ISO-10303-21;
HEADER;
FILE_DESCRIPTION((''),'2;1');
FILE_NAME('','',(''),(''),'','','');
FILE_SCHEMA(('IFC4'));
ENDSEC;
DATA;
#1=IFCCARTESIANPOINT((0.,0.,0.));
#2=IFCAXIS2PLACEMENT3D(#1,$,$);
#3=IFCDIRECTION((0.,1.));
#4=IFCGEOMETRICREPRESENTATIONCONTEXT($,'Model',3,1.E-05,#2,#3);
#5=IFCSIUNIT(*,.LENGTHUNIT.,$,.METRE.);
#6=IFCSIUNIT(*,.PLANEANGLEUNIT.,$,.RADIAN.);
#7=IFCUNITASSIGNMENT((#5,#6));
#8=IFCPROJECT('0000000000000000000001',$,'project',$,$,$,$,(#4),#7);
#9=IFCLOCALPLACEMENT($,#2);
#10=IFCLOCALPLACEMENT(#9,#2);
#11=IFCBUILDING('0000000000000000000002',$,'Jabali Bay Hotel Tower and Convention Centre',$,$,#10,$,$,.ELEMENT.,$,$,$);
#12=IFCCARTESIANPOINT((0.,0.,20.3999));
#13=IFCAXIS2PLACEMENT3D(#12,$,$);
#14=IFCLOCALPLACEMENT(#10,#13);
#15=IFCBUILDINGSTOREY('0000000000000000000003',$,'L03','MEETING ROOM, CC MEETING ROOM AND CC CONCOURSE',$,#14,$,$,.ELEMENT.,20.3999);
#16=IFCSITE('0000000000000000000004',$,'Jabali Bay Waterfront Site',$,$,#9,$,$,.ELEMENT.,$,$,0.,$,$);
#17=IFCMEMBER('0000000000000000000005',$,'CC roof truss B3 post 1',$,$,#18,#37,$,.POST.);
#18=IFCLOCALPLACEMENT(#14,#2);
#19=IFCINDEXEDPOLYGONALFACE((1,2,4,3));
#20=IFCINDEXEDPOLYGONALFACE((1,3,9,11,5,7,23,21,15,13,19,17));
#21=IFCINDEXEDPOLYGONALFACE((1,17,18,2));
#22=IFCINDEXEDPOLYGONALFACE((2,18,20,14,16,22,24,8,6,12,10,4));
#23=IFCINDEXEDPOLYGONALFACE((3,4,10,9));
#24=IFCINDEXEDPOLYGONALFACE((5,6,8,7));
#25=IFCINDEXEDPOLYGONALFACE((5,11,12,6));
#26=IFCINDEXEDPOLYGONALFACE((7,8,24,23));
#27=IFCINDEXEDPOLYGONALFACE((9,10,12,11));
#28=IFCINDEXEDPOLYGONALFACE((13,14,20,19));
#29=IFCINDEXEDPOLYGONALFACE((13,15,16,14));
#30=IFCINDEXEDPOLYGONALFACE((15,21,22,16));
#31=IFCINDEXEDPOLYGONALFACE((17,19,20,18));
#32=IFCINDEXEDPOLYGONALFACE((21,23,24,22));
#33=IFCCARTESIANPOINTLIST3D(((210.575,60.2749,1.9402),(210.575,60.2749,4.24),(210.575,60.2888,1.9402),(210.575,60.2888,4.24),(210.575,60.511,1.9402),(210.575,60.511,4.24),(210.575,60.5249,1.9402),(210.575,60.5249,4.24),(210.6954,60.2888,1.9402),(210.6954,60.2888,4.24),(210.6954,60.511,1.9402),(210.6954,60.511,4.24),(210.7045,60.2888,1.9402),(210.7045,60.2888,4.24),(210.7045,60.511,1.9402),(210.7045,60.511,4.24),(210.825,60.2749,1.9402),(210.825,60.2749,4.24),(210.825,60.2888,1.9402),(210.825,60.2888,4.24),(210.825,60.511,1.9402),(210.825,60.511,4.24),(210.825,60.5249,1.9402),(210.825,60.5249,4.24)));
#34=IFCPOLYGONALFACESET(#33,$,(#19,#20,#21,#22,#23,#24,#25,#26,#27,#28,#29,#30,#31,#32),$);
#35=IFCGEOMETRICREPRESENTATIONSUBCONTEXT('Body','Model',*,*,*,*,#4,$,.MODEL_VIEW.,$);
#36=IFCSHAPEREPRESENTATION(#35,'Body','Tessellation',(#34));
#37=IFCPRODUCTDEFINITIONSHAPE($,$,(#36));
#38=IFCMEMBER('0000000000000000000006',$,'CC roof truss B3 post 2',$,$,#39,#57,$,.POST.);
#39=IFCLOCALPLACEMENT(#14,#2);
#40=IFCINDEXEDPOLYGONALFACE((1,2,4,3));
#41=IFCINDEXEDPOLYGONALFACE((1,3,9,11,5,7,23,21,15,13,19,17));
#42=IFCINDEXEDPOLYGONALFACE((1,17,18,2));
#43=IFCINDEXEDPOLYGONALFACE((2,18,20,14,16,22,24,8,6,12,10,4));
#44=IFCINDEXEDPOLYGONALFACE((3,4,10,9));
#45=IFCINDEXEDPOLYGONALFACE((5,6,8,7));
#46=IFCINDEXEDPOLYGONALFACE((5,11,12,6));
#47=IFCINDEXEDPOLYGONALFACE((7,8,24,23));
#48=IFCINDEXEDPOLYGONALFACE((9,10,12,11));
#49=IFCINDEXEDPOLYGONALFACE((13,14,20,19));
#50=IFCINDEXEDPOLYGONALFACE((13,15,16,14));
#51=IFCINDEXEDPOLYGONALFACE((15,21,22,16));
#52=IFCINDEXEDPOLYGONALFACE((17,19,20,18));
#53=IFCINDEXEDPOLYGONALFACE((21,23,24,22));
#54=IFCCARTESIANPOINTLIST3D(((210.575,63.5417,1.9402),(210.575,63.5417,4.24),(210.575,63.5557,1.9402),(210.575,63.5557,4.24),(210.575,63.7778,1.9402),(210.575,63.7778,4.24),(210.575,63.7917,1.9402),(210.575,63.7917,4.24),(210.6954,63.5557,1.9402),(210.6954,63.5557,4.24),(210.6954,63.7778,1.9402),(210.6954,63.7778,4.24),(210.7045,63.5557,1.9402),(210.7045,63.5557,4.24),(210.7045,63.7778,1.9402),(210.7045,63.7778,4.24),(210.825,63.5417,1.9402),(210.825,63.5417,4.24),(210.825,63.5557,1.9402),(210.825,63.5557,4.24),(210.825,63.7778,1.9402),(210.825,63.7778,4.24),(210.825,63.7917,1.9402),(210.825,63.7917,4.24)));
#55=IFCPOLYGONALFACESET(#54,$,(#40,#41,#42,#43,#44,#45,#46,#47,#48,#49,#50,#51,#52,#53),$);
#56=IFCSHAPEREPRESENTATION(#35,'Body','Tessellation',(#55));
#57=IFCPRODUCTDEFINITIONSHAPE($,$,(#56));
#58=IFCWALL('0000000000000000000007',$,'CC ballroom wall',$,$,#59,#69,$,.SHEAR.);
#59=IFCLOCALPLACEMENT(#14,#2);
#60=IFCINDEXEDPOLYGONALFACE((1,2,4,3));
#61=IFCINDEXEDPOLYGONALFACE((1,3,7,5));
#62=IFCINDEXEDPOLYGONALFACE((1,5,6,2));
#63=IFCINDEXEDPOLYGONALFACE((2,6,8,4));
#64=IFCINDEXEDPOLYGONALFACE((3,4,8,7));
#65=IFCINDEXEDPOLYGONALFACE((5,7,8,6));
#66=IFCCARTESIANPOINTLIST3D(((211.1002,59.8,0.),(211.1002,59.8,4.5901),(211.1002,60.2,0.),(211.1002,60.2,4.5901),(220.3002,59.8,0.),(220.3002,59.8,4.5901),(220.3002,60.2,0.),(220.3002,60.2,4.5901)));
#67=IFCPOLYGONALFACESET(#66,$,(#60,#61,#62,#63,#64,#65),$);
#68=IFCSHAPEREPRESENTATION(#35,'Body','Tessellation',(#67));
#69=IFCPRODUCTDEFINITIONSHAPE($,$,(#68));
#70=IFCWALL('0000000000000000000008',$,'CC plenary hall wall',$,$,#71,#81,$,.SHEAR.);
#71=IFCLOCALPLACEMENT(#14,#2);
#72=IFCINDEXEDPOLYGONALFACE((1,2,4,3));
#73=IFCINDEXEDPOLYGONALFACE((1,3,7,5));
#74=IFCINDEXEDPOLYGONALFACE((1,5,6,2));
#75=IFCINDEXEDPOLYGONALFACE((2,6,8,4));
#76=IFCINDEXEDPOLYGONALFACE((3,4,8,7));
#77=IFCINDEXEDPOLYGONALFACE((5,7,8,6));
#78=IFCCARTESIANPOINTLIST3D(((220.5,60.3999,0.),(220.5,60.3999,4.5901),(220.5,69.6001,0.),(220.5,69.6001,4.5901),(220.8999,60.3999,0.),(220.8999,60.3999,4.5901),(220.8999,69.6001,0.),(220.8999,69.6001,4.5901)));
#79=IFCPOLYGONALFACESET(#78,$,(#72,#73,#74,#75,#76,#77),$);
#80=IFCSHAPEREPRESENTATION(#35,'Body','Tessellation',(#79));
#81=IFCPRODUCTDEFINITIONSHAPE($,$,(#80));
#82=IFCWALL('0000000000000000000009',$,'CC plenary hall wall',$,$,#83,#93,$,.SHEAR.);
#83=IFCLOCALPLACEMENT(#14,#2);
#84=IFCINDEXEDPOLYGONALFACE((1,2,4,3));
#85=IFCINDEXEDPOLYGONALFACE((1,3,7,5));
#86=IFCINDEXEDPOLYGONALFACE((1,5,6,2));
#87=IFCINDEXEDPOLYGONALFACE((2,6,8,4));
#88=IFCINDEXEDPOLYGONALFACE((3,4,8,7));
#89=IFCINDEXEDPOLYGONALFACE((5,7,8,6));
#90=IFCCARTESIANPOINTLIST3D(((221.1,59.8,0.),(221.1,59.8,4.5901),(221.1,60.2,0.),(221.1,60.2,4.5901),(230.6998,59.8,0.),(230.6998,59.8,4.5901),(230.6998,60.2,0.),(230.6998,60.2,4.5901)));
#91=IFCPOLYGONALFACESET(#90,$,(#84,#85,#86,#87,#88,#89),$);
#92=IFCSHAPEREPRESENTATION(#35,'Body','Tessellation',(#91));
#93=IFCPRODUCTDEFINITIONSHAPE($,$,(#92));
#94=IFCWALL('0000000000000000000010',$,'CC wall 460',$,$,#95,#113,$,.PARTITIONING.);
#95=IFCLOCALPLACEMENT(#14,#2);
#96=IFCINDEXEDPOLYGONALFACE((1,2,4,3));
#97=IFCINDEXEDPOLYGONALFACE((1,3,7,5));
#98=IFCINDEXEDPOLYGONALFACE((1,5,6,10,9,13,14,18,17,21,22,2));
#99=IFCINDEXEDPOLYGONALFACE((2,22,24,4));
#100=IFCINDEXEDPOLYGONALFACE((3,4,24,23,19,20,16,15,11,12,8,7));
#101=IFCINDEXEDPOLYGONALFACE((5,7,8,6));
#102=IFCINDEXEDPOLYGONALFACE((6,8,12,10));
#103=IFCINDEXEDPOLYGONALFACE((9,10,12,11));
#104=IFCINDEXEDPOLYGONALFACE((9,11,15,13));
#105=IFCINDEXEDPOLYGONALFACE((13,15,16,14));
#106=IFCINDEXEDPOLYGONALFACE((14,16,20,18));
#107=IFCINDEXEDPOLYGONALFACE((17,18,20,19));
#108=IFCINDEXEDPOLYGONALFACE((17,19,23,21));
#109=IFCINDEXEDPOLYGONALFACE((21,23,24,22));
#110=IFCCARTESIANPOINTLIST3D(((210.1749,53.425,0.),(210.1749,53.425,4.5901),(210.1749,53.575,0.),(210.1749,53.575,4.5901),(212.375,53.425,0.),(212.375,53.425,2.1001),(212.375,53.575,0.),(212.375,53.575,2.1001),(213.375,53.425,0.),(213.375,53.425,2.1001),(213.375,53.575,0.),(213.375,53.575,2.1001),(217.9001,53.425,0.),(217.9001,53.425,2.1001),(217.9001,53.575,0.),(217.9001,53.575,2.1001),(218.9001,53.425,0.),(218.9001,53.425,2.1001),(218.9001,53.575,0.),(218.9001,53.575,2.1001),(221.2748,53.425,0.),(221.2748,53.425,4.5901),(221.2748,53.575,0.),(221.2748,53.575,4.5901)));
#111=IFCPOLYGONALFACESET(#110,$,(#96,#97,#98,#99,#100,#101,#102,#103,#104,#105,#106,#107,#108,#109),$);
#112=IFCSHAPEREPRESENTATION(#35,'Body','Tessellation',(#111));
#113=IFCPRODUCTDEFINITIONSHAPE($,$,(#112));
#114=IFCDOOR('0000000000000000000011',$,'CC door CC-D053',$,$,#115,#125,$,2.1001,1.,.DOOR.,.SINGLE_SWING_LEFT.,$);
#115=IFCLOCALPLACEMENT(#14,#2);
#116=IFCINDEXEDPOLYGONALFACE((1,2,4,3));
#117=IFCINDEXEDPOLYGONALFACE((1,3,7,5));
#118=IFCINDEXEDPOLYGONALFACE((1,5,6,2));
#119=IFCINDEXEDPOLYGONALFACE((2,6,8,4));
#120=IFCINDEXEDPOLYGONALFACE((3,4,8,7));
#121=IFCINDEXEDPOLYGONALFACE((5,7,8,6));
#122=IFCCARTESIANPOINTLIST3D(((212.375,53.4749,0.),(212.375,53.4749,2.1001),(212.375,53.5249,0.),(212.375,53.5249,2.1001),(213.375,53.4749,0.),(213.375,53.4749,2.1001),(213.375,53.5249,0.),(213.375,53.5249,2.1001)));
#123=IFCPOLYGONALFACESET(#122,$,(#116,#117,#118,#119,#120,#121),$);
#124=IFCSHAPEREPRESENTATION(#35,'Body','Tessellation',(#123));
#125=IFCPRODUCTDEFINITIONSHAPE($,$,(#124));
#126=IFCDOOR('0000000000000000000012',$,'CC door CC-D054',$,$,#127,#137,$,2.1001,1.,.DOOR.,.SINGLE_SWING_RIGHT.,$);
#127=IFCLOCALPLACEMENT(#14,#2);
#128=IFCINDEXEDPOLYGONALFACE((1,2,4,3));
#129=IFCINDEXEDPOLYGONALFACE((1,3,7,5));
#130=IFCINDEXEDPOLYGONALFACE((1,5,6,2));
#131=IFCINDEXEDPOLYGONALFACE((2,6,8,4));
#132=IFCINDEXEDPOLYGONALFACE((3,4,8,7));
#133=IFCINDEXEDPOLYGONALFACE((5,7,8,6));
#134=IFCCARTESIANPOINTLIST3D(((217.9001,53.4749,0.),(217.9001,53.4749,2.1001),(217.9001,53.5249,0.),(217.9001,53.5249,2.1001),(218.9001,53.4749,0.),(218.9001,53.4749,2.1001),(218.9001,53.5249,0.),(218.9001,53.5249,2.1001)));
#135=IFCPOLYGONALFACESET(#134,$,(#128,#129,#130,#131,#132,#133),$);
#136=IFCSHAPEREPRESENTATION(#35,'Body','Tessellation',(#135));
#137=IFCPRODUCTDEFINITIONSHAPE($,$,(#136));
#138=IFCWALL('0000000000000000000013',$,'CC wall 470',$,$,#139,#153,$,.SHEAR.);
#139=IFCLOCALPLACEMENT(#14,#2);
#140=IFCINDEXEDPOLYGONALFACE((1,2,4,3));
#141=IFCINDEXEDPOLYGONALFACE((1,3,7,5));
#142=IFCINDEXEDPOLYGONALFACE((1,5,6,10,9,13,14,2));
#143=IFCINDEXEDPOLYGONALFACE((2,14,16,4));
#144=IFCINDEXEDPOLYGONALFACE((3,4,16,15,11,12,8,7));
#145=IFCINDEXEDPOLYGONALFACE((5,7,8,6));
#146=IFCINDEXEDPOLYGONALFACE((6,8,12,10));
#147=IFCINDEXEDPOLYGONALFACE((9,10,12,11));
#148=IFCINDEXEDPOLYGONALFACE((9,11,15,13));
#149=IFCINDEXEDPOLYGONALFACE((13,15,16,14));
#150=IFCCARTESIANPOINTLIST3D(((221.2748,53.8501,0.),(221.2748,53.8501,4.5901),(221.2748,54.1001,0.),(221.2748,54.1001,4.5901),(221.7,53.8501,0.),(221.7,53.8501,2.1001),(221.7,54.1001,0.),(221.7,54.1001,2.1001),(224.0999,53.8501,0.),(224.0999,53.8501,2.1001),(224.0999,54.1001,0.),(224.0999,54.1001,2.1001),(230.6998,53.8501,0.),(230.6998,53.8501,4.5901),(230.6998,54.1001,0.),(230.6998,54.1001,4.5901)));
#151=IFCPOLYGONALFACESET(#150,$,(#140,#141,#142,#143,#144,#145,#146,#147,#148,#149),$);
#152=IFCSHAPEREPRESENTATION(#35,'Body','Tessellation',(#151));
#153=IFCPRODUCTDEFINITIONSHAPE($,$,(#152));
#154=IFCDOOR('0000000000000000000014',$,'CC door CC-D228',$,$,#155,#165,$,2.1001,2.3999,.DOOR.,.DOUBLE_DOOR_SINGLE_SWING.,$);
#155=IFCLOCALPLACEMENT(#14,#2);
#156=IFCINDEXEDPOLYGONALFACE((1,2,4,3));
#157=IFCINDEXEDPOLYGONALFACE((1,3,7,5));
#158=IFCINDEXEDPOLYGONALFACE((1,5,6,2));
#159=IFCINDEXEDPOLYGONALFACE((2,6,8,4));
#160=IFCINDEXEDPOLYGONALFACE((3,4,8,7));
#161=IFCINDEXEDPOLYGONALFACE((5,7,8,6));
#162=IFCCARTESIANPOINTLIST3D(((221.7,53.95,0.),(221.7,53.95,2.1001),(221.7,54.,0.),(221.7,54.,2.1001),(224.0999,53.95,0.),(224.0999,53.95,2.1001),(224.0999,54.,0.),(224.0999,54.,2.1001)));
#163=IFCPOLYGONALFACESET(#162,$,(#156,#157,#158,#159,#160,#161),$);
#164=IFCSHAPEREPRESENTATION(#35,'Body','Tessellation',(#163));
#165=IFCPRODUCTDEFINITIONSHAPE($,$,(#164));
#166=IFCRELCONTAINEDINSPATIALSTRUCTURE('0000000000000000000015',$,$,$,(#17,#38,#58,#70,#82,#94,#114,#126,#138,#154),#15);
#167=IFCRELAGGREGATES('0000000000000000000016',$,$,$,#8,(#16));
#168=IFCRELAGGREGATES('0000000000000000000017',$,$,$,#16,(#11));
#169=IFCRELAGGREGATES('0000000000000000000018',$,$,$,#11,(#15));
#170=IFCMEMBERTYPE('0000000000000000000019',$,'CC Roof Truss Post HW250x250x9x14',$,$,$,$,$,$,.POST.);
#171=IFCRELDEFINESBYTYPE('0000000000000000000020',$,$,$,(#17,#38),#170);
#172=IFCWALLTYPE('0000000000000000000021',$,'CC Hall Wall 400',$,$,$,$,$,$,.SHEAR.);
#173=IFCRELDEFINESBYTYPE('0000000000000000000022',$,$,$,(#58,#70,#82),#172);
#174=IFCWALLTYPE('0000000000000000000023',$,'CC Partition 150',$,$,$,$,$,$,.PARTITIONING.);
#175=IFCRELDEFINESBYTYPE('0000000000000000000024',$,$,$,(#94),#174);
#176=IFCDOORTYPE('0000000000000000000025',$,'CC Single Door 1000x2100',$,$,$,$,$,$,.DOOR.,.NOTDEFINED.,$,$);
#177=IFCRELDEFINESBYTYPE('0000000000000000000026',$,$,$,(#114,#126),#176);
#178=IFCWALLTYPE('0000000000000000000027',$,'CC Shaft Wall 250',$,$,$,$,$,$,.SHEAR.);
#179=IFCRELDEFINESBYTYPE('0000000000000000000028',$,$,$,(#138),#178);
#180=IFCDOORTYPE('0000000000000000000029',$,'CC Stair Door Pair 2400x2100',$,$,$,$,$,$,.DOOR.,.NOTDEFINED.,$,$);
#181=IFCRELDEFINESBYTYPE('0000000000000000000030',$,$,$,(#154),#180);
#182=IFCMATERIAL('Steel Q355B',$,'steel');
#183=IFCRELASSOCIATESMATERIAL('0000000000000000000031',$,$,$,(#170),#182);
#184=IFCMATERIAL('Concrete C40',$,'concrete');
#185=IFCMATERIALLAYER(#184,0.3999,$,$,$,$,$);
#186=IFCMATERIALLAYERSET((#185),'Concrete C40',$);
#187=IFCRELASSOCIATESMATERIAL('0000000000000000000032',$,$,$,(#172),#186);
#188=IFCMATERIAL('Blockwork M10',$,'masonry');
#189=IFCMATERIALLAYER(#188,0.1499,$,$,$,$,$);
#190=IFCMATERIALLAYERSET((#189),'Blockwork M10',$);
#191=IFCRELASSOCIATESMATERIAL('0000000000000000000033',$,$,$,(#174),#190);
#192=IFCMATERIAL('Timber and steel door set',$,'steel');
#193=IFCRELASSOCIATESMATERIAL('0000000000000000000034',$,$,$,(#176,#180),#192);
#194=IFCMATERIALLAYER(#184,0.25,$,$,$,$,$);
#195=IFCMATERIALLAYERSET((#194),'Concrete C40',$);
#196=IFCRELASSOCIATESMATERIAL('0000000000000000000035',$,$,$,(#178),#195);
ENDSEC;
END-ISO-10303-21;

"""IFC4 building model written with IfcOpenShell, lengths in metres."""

from ifc_helpers import new_model, si_unit, direction, frame, frame_2d, origin, origin_2d, place, context, subcontext, project, spatial, rectangle, i_section, extrude, material, layer, layer_set, material_profile, profile_set, type_object, element, fill, save


model = new_model("IFC4")

# Units and contexts
model_context = context("Model", 3, precision=1e-05, world=origin(), true_north=direction((0.0, 1.0)))
body_context = subcontext(model_context, "Body", "Model", "MODEL_VIEW")
ifc_project = project(units=[si_unit("LENGTHUNIT", "METRE"), si_unit("PLANEANGLEUNIT", "RADIAN")], contexts=[model_context])

# Site, building, storey
site_placement = place(None, origin())
site = spatial("IfcSite", under=ifc_project, at=site_placement, Name="Jabali Bay Waterfront Site", CompositionType="ELEMENT", RefElevation=0.0)
building_placement = place(site_placement, origin())
building = spatial("IfcBuilding", under=site, at=building_placement, Name="Jabali Bay Hotel Tower and Convention Centre", CompositionType="ELEMENT")
storey_placement = place(building_placement, frame((0.0, 0.0, 20.3999)))
storey = spatial("IfcBuildingStorey", under=building, at=storey_placement, Name="L03", Description="MEETING ROOM, CC MEETING ROOM AND CC CONCOURSE", CompositionType="ELEMENT", Elevation=20.3999)

# Members
ifc_material_1 = material(Name="Steel Q355B", Category="steel")
ifc_material_profile_1 = material_profile(ifc_material_1, i_section(OverallWidth=0.25, OverallDepth=0.25, WebThickness=0.009, FlangeThickness=0.0139, at=origin_2d()), Name="HW250x250x9x14")
ifc_profile_set_1 = profile_set([ifc_material_profile_1], Name="Steel Q355B")
member_type_1 = type_object("IfcMemberType", Name="CC Roof Truss Post HW250x250x9x14", PredefinedType="POST", material=ifc_profile_set_1)
for number, where, z_axis, x_axis, name in (
    (1, (210.7, 60.3999, 1.9402), (0.0, 0.0, 1.0), (1.0, 0.0, 0.0), "CC roof truss B3 post 1"),
    (2, (210.7, 63.6667, 1.9402), (0.0, 0.0, 1.0), (1.0, 0.0, 0.0), "CC roof truss B3 post 2"),
):
    element("IfcMember", number, at=place(storey_placement, frame(where, z_axis=z_axis, x_axis=x_axis)), inside=storey, type_object=member_type_1, Name=name, PredefinedType="POST", context=body_context, shape_type="SweptSolid", body=[
        extrude(i_section(OverallWidth=0.25, OverallDepth=0.25, WebThickness=0.009, FlangeThickness=0.0139, at=origin_2d()), origin(), (0.0, 0.0, 1.0), 2.2998),
    ])

# Walls
ifc_material_2 = material(Name="Concrete C40", Category="concrete")
ifc_layer_1 = layer(ifc_material_2, 0.3999)
ifc_layer_set_1 = layer_set([ifc_layer_1], Name="Concrete C40")
wall_type_1 = type_object("IfcWallType", Name="CC Hall Wall 400", PredefinedType="SHEAR", material=ifc_layer_set_1)
wall_1_placement = place(storey_placement, frame((211.1001, 60.0, 0.0), z_axis=(0.0, 0.0, 1.0), x_axis=(1.0, 0.0, 0.0)))
element("IfcWall", 3, at=wall_1_placement, inside=storey, type_object=wall_type_1, Name="CC ballroom wall", PredefinedType="SHEAR", context=body_context, shape_type="SweptSolid", body=[
    extrude(rectangle(XDim=9.2, YDim=0.3999, at=frame_2d((4.6001, 0.0))), origin(), (0.0, 0.0, 1.0), 4.5901),
])
wall_2_placement = place(storey_placement, frame((220.7, 60.3999, 0.0), z_axis=(0.0, 0.0, 1.0), x_axis=(0.0, 1.0, 0.0)))
element("IfcWall", 4, at=wall_2_placement, inside=storey, type_object=wall_type_1, Name="CC plenary hall wall", PredefinedType="SHEAR", context=body_context, shape_type="SweptSolid", body=[
    extrude(rectangle(XDim=9.2002, YDim=0.3999, at=frame_2d((4.6001, 0.0))), origin(), (0.0, 0.0, 1.0), 4.5901),
])
wall_3_placement = place(storey_placement, frame((221.1001, 60.0, 0.0), z_axis=(0.0, 0.0, 1.0), x_axis=(1.0, 0.0, 0.0)))
element("IfcWall", 5, at=wall_3_placement, inside=storey, type_object=wall_type_1, Name="CC plenary hall wall", PredefinedType="SHEAR", context=body_context, shape_type="SweptSolid", body=[
    extrude(rectangle(XDim=9.5999, YDim=0.3999, at=frame_2d((4.7998, 0.0))), origin(), (0.0, 0.0, 1.0), 4.5901),
])

# Wall, openings, doors
ifc_material_3 = material(Name="Blockwork M10", Category="masonry")
ifc_layer_2 = layer(ifc_material_3, 0.1499)
ifc_layer_set_2 = layer_set([ifc_layer_2], Name="Blockwork M10")
wall_type_2 = type_object("IfcWallType", Name="CC Partition 150", PredefinedType="PARTITIONING", material=ifc_layer_set_2)
wall_4_placement = place(storey_placement, frame((210.175, 53.5, 0.0), z_axis=(0.0, 0.0, 1.0), x_axis=(1.0, 0.0, 0.0)))
wall_4 = element("IfcWall", 6, at=wall_4_placement, inside=storey, type_object=wall_type_2, Name="CC wall 460", PredefinedType="PARTITIONING", context=body_context, shape_type="SweptSolid", body=[
    extrude(rectangle(XDim=11.0999, YDim=0.1499, at=frame_2d((5.5498, 0.0))), origin(), (0.0, 0.0, 1.0), 4.5901),
])
opening_1_placement = place(wall_4_placement, frame((2.2, 0.0, 0.0)))
opening_1 = element("IfcOpeningElement", 7, at=opening_1_placement, cuts=wall_4, PredefinedType="OPENING", context=body_context, shape_type="SweptSolid", body=[
    extrude(rectangle(XDim=1.0, YDim=2.1001, at=frame_2d((0.5, 1.05))), frame((0.0, 0.0854, 0.0), z_axis=(0.0, -1.0, 0.0), x_axis=(1.0, 0.0, 0.0)), (0.0, 0.0, 1.0), 0.1709),
])
opening_2_placement = place(wall_4_placement, frame((7.7251, 0.0, 0.0)))
opening_2 = element("IfcOpeningElement", 8, at=opening_2_placement, cuts=wall_4, PredefinedType="OPENING", context=body_context, shape_type="SweptSolid", body=[
    extrude(rectangle(XDim=1.0, YDim=2.1001, at=frame_2d((0.5, 1.05))), frame((0.0, 0.0854, 0.0), z_axis=(0.0, -1.0, 0.0), x_axis=(1.0, 0.0, 0.0)), (0.0, 0.0, 1.0), 0.1709),
])
ifc_material_4 = material(Name="Timber and steel door set", Category="steel")
door_type_1 = type_object("IfcDoorType", Name="CC Single Door 1000x2100", OperationType="NOTDEFINED", PredefinedType="DOOR", material=ifc_material_4)
door_1_placement = place(opening_1_placement, origin())
door_1 = element("IfcDoor", 9, at=door_1_placement, inside=storey, type_object=door_type_1, Name="CC door CC-D053", OperationType="SINGLE_SWING_LEFT", OverallHeight=2.1001, OverallWidth=1.0, PredefinedType="DOOR", context=body_context, shape_type="SweptSolid", body=[
    extrude(rectangle(XDim=1.0, YDim=2.1001, at=frame_2d((0.5, 1.05))), frame((0.0, 0.0249, 0.0), z_axis=(0.0, -1.0, 0.0), x_axis=(1.0, 0.0, 0.0)), (0.0, 0.0, 1.0), 0.05),
])
fill(opening_1, door_1)
door_2_placement = place(opening_2_placement, origin())
door_2 = element("IfcDoor", 10, at=door_2_placement, inside=storey, type_object=door_type_1, Name="CC door CC-D054", OperationType="SINGLE_SWING_RIGHT", OverallHeight=2.1001, OverallWidth=1.0, PredefinedType="DOOR", context=body_context, shape_type="SweptSolid", body=[
    extrude(rectangle(XDim=1.0, YDim=2.1001, at=frame_2d((0.5, 1.05))), frame((0.0, 0.0249, 0.0), z_axis=(0.0, -1.0, 0.0), x_axis=(1.0, 0.0, 0.0)), (0.0, 0.0, 1.0), 0.05),
])
fill(opening_2, door_2)

# Wall, opening, door
ifc_layer_3 = layer(ifc_material_2, 0.25)
ifc_layer_set_3 = layer_set([ifc_layer_3], Name="Concrete C40")
wall_type_3 = type_object("IfcWallType", Name="CC Shaft Wall 250", PredefinedType="SHEAR", material=ifc_layer_set_3)
wall_5_placement = place(storey_placement, frame((221.2749, 53.9751, 0.0), z_axis=(0.0, 0.0, 1.0), x_axis=(1.0, 0.0, 0.0)))
wall_5 = element("IfcWall", 11, at=wall_5_placement, inside=storey, type_object=wall_type_3, Name="CC wall 470", PredefinedType="SHEAR", context=body_context, shape_type="SweptSolid", body=[
    extrude(rectangle(XDim=9.425, YDim=0.25, at=frame_2d((4.7124, 0.0))), origin(), (0.0, 0.0, 1.0), 4.5901),
])
opening_3_placement = place(wall_5_placement, frame((0.425, 0.0, 0.0)))
opening_3 = element("IfcOpeningElement", 12, at=opening_3_placement, cuts=wall_5, PredefinedType="OPENING", context=body_context, shape_type="SweptSolid", body=[
    extrude(rectangle(XDim=2.3999, YDim=2.1001, at=frame_2d((1.2, 1.05))), frame((0.0, 0.1355, 0.0), z_axis=(0.0, -1.0, 0.0), x_axis=(1.0, 0.0, 0.0)), (0.0, 0.0, 1.0), 0.271),
])
door_type_2 = type_object("IfcDoorType", Name="CC Stair Door Pair 2400x2100", OperationType="NOTDEFINED", PredefinedType="DOOR", material=ifc_material_4)
door_3_placement = place(opening_3_placement, origin())
door_3 = element("IfcDoor", 13, at=door_3_placement, inside=storey, type_object=door_type_2, Name="CC door CC-D228", OperationType="DOUBLE_DOOR_SINGLE_SWING", OverallHeight=2.1001, OverallWidth=2.3999, PredefinedType="DOOR", context=body_context, shape_type="SweptSolid", body=[
    extrude(rectangle(XDim=2.3999, YDim=2.1001, at=frame_2d((1.2, 1.05))), frame((0.0, 0.0249, 0.0), z_axis=(0.0, -1.0, 0.0), x_axis=(1.0, 0.0, 0.0)), (0.0, 0.0, 1.0), 0.05),
])
fill(opening_3, door_3)

save(model, "model.ifc")
